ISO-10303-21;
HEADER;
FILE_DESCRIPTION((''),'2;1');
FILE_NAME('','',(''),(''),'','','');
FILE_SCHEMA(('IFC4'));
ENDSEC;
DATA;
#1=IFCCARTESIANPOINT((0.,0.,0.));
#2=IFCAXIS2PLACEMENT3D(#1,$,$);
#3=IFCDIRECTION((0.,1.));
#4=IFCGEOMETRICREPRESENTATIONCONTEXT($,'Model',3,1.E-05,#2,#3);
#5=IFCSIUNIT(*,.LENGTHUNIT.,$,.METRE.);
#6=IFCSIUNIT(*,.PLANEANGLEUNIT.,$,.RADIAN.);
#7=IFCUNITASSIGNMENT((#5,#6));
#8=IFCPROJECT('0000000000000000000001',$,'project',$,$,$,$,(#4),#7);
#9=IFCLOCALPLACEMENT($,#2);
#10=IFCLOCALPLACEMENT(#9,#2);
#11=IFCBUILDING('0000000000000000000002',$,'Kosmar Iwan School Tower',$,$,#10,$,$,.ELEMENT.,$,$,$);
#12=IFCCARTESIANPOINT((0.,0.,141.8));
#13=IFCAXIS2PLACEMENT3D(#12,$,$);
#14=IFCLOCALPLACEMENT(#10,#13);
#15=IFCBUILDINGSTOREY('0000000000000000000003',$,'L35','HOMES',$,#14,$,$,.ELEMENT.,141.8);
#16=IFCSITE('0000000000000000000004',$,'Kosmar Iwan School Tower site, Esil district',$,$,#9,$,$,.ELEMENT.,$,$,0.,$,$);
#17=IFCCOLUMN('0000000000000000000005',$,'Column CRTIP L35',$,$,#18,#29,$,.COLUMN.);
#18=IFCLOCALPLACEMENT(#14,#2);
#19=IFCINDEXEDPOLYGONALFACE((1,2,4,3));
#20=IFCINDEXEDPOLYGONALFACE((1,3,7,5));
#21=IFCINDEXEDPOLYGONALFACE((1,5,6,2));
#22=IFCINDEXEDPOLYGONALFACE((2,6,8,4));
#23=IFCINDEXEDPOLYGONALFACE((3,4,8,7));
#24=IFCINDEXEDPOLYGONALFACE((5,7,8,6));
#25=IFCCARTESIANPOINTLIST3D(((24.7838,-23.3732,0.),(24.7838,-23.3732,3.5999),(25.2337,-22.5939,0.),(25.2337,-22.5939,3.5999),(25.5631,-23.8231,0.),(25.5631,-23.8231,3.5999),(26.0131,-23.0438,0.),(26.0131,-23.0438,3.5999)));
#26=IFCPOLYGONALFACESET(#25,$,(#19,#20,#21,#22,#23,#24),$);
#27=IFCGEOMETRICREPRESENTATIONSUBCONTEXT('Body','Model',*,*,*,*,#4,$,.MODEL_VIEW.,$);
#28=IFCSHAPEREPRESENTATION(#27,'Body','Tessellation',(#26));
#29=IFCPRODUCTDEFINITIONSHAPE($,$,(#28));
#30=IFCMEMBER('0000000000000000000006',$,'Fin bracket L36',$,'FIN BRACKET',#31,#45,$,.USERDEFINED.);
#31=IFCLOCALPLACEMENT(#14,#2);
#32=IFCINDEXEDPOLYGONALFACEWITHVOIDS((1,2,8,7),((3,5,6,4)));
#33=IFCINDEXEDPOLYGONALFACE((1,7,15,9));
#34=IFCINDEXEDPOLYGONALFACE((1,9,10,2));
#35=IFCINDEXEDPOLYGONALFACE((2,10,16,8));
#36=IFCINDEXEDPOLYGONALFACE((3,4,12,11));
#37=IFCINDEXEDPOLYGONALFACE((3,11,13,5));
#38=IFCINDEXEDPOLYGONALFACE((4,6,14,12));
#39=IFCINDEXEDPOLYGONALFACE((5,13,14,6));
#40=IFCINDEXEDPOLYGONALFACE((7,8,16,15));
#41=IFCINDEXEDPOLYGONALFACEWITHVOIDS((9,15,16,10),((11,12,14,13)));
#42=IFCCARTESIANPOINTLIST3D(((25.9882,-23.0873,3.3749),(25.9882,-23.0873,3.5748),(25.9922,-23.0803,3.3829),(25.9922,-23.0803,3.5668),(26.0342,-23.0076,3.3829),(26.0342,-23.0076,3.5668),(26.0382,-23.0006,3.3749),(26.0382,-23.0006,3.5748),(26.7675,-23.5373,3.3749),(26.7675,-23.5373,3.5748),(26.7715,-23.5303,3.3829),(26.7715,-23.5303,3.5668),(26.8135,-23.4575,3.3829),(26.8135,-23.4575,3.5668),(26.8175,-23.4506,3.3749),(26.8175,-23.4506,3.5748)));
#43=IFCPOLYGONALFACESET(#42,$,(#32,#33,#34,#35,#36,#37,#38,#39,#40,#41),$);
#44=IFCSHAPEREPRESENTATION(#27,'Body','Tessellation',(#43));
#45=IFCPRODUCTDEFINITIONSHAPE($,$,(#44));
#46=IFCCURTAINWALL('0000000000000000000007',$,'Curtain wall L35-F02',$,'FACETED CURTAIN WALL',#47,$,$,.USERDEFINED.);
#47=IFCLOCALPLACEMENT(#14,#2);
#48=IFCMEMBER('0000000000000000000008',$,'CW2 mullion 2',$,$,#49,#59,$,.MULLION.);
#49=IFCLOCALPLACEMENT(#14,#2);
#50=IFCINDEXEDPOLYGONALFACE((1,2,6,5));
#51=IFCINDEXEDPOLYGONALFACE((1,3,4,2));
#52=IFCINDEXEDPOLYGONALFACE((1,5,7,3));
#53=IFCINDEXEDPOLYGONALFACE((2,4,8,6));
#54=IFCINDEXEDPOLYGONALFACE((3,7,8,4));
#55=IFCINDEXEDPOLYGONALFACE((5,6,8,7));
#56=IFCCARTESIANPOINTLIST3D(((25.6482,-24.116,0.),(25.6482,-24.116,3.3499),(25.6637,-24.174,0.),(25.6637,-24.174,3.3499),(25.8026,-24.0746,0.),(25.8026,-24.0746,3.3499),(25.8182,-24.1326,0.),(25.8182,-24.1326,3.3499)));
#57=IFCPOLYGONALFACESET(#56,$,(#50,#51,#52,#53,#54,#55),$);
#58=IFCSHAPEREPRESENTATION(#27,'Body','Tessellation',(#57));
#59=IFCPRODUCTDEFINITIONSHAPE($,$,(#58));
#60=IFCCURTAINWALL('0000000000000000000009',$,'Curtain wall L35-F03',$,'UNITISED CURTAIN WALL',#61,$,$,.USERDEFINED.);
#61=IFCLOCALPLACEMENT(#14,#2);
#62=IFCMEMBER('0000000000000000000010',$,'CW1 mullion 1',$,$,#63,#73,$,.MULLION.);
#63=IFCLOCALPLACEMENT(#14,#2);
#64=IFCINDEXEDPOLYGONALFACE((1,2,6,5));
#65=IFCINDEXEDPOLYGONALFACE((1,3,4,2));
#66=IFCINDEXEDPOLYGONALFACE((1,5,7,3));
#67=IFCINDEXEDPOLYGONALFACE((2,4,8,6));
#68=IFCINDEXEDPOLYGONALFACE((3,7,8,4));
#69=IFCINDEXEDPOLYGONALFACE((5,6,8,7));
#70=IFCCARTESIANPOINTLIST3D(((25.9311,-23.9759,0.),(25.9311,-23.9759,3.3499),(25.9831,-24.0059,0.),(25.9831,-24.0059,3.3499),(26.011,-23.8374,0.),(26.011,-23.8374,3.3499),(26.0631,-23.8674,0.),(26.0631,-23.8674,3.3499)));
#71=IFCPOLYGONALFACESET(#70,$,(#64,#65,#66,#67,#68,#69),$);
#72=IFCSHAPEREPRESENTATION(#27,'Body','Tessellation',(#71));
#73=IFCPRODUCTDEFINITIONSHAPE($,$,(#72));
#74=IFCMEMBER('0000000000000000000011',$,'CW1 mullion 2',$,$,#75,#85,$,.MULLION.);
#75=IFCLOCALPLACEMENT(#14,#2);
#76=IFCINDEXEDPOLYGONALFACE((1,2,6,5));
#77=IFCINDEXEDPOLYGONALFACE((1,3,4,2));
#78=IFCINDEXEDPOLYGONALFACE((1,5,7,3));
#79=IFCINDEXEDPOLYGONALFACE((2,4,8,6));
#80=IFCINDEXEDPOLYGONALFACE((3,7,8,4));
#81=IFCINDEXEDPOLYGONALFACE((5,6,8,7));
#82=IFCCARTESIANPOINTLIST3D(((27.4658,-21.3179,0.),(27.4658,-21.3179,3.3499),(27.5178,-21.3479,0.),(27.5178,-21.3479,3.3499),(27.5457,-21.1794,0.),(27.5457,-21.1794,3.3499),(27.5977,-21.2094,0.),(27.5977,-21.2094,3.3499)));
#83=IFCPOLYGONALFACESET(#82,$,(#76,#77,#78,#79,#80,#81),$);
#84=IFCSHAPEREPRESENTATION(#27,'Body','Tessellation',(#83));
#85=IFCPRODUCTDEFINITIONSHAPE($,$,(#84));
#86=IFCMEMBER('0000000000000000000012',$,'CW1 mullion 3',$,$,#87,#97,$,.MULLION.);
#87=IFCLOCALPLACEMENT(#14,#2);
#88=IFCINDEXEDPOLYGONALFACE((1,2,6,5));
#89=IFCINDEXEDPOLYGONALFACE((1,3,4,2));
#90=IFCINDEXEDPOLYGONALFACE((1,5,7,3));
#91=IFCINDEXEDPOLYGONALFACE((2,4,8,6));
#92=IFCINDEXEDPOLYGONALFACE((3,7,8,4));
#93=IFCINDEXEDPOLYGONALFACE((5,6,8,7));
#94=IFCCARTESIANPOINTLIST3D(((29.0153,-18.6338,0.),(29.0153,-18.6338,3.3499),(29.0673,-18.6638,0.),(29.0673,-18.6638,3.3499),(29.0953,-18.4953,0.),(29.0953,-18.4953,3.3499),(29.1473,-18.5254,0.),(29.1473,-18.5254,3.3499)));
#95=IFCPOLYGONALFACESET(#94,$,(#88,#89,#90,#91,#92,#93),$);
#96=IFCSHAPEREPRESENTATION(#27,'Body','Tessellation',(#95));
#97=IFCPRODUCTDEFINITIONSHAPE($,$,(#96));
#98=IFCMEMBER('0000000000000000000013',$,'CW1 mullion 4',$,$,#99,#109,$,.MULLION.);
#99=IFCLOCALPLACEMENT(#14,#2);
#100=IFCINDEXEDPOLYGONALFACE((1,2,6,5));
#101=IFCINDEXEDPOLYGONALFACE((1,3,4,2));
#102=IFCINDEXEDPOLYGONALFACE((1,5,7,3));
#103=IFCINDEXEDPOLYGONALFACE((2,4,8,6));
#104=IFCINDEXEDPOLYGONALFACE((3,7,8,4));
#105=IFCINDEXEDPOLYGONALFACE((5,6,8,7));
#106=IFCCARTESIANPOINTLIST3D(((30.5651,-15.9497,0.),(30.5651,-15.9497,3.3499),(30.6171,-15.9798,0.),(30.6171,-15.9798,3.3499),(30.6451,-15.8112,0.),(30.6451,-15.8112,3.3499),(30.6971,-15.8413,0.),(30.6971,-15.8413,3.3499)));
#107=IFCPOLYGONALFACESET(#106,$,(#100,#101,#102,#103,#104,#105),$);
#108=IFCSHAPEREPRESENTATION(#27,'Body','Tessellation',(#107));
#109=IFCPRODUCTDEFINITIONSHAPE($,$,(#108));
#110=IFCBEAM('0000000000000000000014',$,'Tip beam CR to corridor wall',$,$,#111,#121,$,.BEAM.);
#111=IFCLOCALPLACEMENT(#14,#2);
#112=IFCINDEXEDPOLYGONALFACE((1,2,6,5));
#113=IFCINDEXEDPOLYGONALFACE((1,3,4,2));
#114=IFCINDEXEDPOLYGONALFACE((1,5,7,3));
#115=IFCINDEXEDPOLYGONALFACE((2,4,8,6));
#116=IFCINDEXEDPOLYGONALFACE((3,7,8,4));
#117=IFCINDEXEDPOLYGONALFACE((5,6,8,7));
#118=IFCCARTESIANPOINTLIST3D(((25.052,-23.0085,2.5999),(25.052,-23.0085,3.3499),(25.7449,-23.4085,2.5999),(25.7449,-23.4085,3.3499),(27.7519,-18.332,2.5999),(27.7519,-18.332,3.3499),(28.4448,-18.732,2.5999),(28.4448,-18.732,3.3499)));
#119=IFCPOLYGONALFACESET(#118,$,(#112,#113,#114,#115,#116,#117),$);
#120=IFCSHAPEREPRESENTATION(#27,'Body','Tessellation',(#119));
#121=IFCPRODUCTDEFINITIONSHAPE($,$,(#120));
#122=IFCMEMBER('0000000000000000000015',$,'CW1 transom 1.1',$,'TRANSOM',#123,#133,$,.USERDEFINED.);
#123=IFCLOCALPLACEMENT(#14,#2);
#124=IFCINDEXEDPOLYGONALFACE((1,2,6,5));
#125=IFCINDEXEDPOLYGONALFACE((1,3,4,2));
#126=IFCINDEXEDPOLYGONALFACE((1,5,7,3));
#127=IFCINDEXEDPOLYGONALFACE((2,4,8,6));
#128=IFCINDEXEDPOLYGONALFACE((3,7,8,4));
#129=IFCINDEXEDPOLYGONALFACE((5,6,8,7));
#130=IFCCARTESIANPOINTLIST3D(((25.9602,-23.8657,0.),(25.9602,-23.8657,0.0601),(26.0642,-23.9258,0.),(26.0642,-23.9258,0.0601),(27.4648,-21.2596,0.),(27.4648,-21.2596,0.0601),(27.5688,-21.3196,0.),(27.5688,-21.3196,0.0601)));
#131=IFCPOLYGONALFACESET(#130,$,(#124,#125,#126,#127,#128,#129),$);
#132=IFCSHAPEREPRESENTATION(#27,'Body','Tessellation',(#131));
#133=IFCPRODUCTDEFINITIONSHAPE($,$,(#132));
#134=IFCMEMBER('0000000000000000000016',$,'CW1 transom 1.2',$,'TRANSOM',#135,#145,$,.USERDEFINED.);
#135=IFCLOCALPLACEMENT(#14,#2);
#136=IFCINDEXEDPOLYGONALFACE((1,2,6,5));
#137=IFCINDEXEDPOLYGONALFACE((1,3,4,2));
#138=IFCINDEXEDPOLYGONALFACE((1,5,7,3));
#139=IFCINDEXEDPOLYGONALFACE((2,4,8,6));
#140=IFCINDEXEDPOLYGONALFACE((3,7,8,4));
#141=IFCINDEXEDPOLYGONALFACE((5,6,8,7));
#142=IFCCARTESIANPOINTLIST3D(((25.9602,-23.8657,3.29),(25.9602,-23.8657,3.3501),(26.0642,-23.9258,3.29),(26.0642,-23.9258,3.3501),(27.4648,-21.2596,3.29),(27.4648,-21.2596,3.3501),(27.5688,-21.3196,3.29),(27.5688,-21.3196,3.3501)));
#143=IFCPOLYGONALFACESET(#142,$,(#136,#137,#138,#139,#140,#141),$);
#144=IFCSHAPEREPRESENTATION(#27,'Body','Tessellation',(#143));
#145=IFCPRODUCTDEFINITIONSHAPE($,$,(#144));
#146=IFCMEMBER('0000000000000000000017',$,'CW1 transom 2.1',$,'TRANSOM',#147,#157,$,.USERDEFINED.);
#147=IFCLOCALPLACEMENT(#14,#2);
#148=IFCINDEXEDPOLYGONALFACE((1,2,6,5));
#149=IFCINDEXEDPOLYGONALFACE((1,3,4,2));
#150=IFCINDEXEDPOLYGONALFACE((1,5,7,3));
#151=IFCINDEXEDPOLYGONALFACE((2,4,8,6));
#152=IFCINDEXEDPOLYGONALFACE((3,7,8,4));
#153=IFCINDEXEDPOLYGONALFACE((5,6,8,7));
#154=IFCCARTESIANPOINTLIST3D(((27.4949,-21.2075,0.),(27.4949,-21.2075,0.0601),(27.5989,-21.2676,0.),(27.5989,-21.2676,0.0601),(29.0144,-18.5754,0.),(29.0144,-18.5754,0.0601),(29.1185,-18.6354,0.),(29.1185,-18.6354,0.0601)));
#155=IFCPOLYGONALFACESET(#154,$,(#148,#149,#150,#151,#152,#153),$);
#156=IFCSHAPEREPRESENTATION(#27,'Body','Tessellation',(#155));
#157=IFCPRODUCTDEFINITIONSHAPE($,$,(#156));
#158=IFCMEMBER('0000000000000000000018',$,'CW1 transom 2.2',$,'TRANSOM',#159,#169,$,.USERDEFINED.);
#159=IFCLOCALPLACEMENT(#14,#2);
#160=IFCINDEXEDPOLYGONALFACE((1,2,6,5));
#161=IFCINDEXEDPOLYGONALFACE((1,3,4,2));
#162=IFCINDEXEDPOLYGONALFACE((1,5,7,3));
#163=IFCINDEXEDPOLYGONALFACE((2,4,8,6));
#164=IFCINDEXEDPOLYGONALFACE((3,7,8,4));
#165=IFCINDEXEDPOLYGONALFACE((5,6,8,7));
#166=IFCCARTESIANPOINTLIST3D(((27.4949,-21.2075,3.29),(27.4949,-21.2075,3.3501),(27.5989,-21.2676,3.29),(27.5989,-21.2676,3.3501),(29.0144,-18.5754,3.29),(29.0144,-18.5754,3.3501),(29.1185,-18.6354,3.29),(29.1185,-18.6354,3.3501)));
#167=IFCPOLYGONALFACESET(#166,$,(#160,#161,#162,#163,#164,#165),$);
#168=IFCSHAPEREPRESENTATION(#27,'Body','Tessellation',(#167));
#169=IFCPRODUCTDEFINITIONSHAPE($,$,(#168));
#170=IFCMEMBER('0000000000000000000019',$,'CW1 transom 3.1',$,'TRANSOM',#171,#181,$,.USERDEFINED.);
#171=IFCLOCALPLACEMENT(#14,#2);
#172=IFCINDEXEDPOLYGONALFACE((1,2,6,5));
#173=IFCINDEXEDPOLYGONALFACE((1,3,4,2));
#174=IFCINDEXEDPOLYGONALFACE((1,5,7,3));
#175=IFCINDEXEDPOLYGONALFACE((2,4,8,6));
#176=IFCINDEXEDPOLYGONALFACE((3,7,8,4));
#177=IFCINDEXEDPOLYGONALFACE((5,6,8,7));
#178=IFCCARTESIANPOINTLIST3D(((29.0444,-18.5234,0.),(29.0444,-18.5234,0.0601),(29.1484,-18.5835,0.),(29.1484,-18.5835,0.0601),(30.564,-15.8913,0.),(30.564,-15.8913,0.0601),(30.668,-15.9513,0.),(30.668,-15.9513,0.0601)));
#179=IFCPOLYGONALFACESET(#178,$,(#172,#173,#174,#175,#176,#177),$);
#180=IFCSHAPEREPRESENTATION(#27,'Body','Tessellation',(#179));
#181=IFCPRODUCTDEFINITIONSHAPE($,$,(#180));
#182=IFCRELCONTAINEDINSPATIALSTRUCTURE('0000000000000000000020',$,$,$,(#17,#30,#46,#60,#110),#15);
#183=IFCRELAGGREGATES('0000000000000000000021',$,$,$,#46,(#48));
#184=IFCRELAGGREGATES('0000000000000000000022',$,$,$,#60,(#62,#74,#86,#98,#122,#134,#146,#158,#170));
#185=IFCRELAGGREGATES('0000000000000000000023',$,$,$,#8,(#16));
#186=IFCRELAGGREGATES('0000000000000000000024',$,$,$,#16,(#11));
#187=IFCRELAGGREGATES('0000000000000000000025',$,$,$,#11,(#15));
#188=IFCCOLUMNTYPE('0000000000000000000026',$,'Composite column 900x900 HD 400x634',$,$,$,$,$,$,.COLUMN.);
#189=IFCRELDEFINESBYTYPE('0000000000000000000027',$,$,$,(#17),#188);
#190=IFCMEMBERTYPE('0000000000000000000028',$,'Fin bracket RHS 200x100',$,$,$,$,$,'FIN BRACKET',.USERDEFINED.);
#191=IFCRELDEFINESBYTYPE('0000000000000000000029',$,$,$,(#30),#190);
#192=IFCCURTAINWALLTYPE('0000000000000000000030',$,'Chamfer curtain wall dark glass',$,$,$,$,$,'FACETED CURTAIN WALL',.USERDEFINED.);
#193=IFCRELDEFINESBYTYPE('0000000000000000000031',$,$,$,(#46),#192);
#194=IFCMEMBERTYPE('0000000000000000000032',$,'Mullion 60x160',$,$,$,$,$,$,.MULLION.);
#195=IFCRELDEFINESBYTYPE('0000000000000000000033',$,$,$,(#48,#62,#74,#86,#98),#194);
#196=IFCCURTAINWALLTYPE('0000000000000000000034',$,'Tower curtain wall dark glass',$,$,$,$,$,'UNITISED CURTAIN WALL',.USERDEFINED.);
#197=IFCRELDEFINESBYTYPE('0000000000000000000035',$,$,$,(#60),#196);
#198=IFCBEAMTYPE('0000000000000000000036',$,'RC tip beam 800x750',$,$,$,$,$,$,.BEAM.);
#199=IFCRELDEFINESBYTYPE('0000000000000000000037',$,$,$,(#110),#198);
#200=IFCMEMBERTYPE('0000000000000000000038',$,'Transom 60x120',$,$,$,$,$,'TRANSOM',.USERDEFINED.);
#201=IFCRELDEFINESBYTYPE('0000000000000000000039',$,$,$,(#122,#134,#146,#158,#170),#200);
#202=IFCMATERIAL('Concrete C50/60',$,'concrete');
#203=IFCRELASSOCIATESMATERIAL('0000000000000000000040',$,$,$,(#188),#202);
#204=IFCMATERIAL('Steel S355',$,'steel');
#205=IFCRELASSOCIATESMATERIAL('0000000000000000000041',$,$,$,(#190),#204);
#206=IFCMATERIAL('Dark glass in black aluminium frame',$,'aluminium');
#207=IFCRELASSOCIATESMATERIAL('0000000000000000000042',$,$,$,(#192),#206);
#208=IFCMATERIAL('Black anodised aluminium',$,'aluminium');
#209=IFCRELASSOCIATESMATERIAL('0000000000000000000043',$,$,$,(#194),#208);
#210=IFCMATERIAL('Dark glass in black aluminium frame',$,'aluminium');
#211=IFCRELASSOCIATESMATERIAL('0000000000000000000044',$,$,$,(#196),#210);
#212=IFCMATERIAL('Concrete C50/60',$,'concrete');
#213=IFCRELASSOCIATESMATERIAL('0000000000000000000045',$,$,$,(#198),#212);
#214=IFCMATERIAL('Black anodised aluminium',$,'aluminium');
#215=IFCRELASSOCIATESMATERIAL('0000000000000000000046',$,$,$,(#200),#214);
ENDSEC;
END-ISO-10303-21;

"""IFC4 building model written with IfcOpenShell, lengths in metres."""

from ifc_helpers import new_model, si_unit, direction, frame, origin, origin_2d, place, context, subcontext, project, spatial, rectangle, hollow_rectangle, extrude, material, material_profile, profile_set, type_object, element, aggregate, save


model = new_model("IFC4")

# Units and contexts
model_context = context("Model", 3, precision=1e-05, world=origin(), true_north=direction((0.0, 1.0)))
body_context = subcontext(model_context, "Body", "Model", "MODEL_VIEW")
ifc_project = project(units=[si_unit("LENGTHUNIT", "METRE"), si_unit("PLANEANGLEUNIT", "RADIAN")], contexts=[model_context])

# Site, building, storey
site_placement = place(None, origin())
site = spatial("IfcSite", under=ifc_project, at=site_placement, Name="Kosmar Iwan School Tower site, Esil district", CompositionType="ELEMENT", RefElevation=0.0)
building_placement = place(site_placement, origin())
building = spatial("IfcBuilding", under=site, at=building_placement, Name="Kosmar Iwan School Tower", CompositionType="ELEMENT")
storey_placement = place(building_placement, frame((0.0, 0.0, 141.8)))
storey = spatial("IfcBuildingStorey", under=building, at=storey_placement, Name="L35", Description="HOMES", CompositionType="ELEMENT", Elevation=141.8)

# Column
ifc_material_1 = material(Name="Concrete C50/60", Category="concrete")
ifc_material_profile_1 = material_profile(ifc_material_1, rectangle(XDim=0.8999, YDim=0.8999, at=origin_2d()), Name="RC 900x900 + HD 400x634")
ifc_profile_set_1 = profile_set([ifc_material_profile_1], Name="Concrete C50/60")
column_type = type_object("IfcColumnType", Name="Composite column 900x900 HD 400x634", PredefinedType="COLUMN", material=ifc_profile_set_1)
column_placement = place(storey_placement, frame((25.3984, -23.2085, 0.0), z_axis=(0.0, 0.0, 1.0), x_axis=(0.866025, -0.5, 0.0)))
element("IfcColumn", 1, at=column_placement, inside=storey, type_object=column_type, Name="Column CRTIP L35", PredefinedType="COLUMN", context=body_context, shape_type="SweptSolid", body=[
    extrude(rectangle(XDim=0.8999, YDim=0.8999, at=origin_2d()), origin(), (0.0, 0.0, 1.0), 3.5999),
])

# Member
ifc_material_2 = material(Name="Steel S355", Category="steel")
ifc_material_profile_2 = material_profile(ifc_material_2, hollow_rectangle(XDim=0.1001, YDim=0.2, WallThickness=0.0081, at=origin_2d()), Name="RHS 200x100x8")
ifc_profile_set_2 = profile_set([ifc_material_profile_2], Name="Steel S355")
member_type_1 = type_object("IfcMemberType", Name="Fin bracket RHS 200x100", ElementType="FIN BRACKET", PredefinedType="USERDEFINED", material=ifc_profile_set_2)
member_1_placement = place(storey_placement, frame((26.0132, -23.0439, 3.4749), z_axis=(0.866014, -0.50002, 0.0), x_axis=(0.50002, 0.866014, 0.0)))
element("IfcMember", 2, at=member_1_placement, inside=storey, type_object=member_type_1, Name="Fin bracket L36", ObjectType="FIN BRACKET", PredefinedType="USERDEFINED", context=body_context, shape_type="SweptSolid", body=[
    extrude(hollow_rectangle(XDim=0.1001, YDim=0.2, WallThickness=0.0081, at=origin_2d()), origin(), (0.0, 0.0, 1.0), 0.8999),
])

# Curtain wall, member
ifc_material_3 = material(Name="Dark glass in black aluminium frame", Category="aluminium")
curtain_wall_type_1 = type_object("IfcCurtainWallType", Name="Chamfer curtain wall dark glass", ElementType="FACETED CURTAIN WALL", PredefinedType="USERDEFINED", material=ifc_material_3)
curtain_wall_1_placement = place(storey_placement, origin())
curtain_wall_1 = element("IfcCurtainWall", 3, at=curtain_wall_1_placement, inside=storey, type_object=curtain_wall_type_1, Name="Curtain wall L35-F02", ObjectType="FACETED CURTAIN WALL", PredefinedType="USERDEFINED")
ifc_material_4 = material(Name="Black anodised aluminium", Category="aluminium")
ifc_material_profile_3 = material_profile(ifc_material_4, rectangle(XDim=0.0601, YDim=0.1599, at=origin_2d()), Name="MULLION 60x160")
ifc_profile_set_3 = profile_set([ifc_material_profile_3], Name="Black anodised aluminium")
member_type_2 = type_object("IfcMemberType", Name="Mullion 60x160", PredefinedType="MULLION", material=ifc_profile_set_3)
member_2_placement = place(storey_placement, frame((25.7332, -24.1243, 0.0), z_axis=(0.0, 0.0, 1.0), x_axis=(-0.258819, 0.965926, 0.0)))
member_2 = element("IfcMember", 4, at=member_2_placement, type_object=member_type_2, Name="CW2 mullion 2", PredefinedType="MULLION", context=body_context, shape_type="SweptSolid", body=[
    extrude(rectangle(XDim=0.0601, YDim=0.1599, at=origin_2d()), origin(), (0.0, 0.0, 1.0), 3.3499),
])

# Curtain wall, members
ifc_material_5 = material(Name="Dark glass in black aluminium frame", Category="aluminium")
curtain_wall_type_2 = type_object("IfcCurtainWallType", Name="Tower curtain wall dark glass", ElementType="UNITISED CURTAIN WALL", PredefinedType="USERDEFINED", material=ifc_material_5)
curtain_wall_2_placement = place(storey_placement, origin())
curtain_wall_2 = element("IfcCurtainWall", 5, at=curtain_wall_2_placement, inside=storey, type_object=curtain_wall_type_2, Name="Curtain wall L35-F03", ObjectType="UNITISED CURTAIN WALL", PredefinedType="USERDEFINED")
member_3_placement = place(storey_placement, frame((25.9971, -23.9216, 0.0), z_axis=(0.0, 0.0, 1.0), x_axis=(-0.866025, 0.5, 0.0)))
member_3 = element("IfcMember", 6, at=member_3_placement, type_object=member_type_2, Name="CW1 mullion 1", PredefinedType="MULLION", context=body_context, shape_type="SweptSolid", body=[
    extrude(rectangle(XDim=0.0601, YDim=0.1599, at=origin_2d()), origin(), (0.0, 0.0, 1.0), 3.3499),
])
member_4_placement = place(storey_placement, frame((27.5317, -21.2637, 0.0), z_axis=(0.0, 0.0, 1.0), x_axis=(-0.866025, 0.5, 0.0)))
member_4 = element("IfcMember", 7, at=member_4_placement, type_object=member_type_2, Name="CW1 mullion 2", PredefinedType="MULLION", context=body_context, shape_type="SweptSolid", body=[
    extrude(rectangle(XDim=0.0601, YDim=0.1599, at=origin_2d()), origin(), (0.0, 0.0, 1.0), 3.3499),
])
member_5_placement = place(storey_placement, frame((29.0813, -18.5796, 0.0), z_axis=(0.0, 0.0, 1.0), x_axis=(-0.866025, 0.5, 0.0)))
member_5 = element("IfcMember", 8, at=member_5_placement, type_object=member_type_2, Name="CW1 mullion 3", PredefinedType="MULLION", context=body_context, shape_type="SweptSolid", body=[
    extrude(rectangle(XDim=0.0601, YDim=0.1599, at=origin_2d()), origin(), (0.0, 0.0, 1.0), 3.3499),
])
member_6_placement = place(storey_placement, frame((30.6311, -15.8955, 0.0), z_axis=(0.0, 0.0, 1.0), x_axis=(-0.866025, 0.5, 0.0)))
member_6 = element("IfcMember", 9, at=member_6_placement, type_object=member_type_2, Name="CW1 mullion 4", PredefinedType="MULLION", context=body_context, shape_type="SweptSolid", body=[
    extrude(rectangle(XDim=0.0601, YDim=0.1599, at=origin_2d()), origin(), (0.0, 0.0, 1.0), 3.3499),
])

# Beam
ifc_material_6 = material(Name="Concrete C50/60", Category="concrete")
ifc_material_profile_4 = material_profile(ifc_material_6, rectangle(XDim=0.8, YDim=0.75, at=origin_2d()), Name="RC 800x750")
ifc_profile_set_4 = profile_set([ifc_material_profile_4], Name="Concrete C50/60")
beam_type = type_object("IfcBeamType", Name="RC tip beam 800x750", PredefinedType="BEAM", material=ifc_profile_set_4)
beam_placement = place(storey_placement, frame((25.3984, -23.2085, 2.9749), z_axis=(0.499995, 0.866028, 0.0), x_axis=(-0.866028, 0.499995, 0.0)))
element("IfcBeam", 10, at=beam_placement, inside=storey, type_object=beam_type, Name="Tip beam CR to corridor wall", PredefinedType="BEAM", context=body_context, shape_type="SweptSolid", body=[
    extrude(rectangle(XDim=0.8, YDim=0.75, at=origin_2d()), origin(), (0.0, 0.0, 1.0), 5.3999),
])

# Members
ifc_material_7 = material(Name="Black anodised aluminium", Category="aluminium")
ifc_material_profile_5 = material_profile(ifc_material_7, rectangle(XDim=0.1201, YDim=0.0601, at=origin_2d()), Name="TRANSOM 60x120")
ifc_profile_set_5 = profile_set([ifc_material_profile_5], Name="Black anodised aluminium")
member_type_3 = type_object("IfcMemberType", Name="Transom 60x120", ElementType="TRANSOM", PredefinedType="USERDEFINED", material=ifc_profile_set_5)
member_7_placement = place(storey_placement, frame((26.0122, -23.8958, 0.03), z_axis=(0.499987, 0.866033, 0.0), x_axis=(-0.866033, 0.499987, 0.0)))
member_7 = element("IfcMember", 11, at=member_7_placement, type_object=member_type_3, Name="CW1 transom 1.1", ObjectType="TRANSOM", PredefinedType="USERDEFINED", context=body_context, shape_type="SweptSolid", body=[
    extrude(rectangle(XDim=0.1201, YDim=0.0601, at=origin_2d()), origin(), (0.0, 0.0, 1.0), 3.0093),
])
member_8_placement = place(storey_placement, frame((26.0122, -23.8958, 3.3201), z_axis=(0.499987, 0.866033, 0.0), x_axis=(-0.866033, 0.499987, 0.0)))
member_8 = element("IfcMember", 12, at=member_8_placement, type_object=member_type_3, Name="CW1 transom 1.2", ObjectType="TRANSOM", PredefinedType="USERDEFINED", context=body_context, shape_type="SweptSolid", body=[
    extrude(rectangle(XDim=0.1201, YDim=0.0601, at=origin_2d()), origin(), (0.0, 0.0, 1.0), 3.0093),
])
member_9_placement = place(storey_placement, frame((27.5469, -21.2375, 0.03), z_axis=(0.499975, 0.86604, 0.0), x_axis=(-0.86604, 0.499975, 0.0)))
member_9 = element("IfcMember", 13, at=member_9_placement, type_object=member_type_3, Name="CW1 transom 2.1", ObjectType="TRANSOM", PredefinedType="USERDEFINED", context=body_context, shape_type="SweptSolid", body=[
    extrude(rectangle(XDim=0.1201, YDim=0.0601, at=origin_2d()), origin(), (0.0, 0.0, 1.0), 3.0393),
])
member_10_placement = place(storey_placement, frame((27.5469, -21.2375, 3.3201), z_axis=(0.499975, 0.86604, 0.0), x_axis=(-0.86604, 0.499975, 0.0)))
member_10 = element("IfcMember", 14, at=member_10_placement, type_object=member_type_3, Name="CW1 transom 2.2", ObjectType="TRANSOM", PredefinedType="USERDEFINED", context=body_context, shape_type="SweptSolid", body=[
    extrude(rectangle(XDim=0.1201, YDim=0.0601, at=origin_2d()), origin(), (0.0, 0.0, 1.0), 3.0393),
])
member_11_placement = place(storey_placement, frame((29.0964, -18.5535, 0.03), z_axis=(0.499975, 0.86604, 0.0), x_axis=(-0.86604, 0.499975, 0.0)))
member_11 = element("IfcMember", 15, at=member_11_placement, type_object=member_type_3, Name="CW1 transom 3.1", ObjectType="TRANSOM", PredefinedType="USERDEFINED", context=body_context, shape_type="SweptSolid", body=[
    extrude(rectangle(XDim=0.1201, YDim=0.0601, at=origin_2d()), origin(), (0.0, 0.0, 1.0), 3.0393),
])

aggregate(curtain_wall_1, [member_2])
aggregate(curtain_wall_2, [member_3, member_4, member_5, member_6, member_7, member_8, member_9, member_10, member_11])

save(model, "model.ifc")
